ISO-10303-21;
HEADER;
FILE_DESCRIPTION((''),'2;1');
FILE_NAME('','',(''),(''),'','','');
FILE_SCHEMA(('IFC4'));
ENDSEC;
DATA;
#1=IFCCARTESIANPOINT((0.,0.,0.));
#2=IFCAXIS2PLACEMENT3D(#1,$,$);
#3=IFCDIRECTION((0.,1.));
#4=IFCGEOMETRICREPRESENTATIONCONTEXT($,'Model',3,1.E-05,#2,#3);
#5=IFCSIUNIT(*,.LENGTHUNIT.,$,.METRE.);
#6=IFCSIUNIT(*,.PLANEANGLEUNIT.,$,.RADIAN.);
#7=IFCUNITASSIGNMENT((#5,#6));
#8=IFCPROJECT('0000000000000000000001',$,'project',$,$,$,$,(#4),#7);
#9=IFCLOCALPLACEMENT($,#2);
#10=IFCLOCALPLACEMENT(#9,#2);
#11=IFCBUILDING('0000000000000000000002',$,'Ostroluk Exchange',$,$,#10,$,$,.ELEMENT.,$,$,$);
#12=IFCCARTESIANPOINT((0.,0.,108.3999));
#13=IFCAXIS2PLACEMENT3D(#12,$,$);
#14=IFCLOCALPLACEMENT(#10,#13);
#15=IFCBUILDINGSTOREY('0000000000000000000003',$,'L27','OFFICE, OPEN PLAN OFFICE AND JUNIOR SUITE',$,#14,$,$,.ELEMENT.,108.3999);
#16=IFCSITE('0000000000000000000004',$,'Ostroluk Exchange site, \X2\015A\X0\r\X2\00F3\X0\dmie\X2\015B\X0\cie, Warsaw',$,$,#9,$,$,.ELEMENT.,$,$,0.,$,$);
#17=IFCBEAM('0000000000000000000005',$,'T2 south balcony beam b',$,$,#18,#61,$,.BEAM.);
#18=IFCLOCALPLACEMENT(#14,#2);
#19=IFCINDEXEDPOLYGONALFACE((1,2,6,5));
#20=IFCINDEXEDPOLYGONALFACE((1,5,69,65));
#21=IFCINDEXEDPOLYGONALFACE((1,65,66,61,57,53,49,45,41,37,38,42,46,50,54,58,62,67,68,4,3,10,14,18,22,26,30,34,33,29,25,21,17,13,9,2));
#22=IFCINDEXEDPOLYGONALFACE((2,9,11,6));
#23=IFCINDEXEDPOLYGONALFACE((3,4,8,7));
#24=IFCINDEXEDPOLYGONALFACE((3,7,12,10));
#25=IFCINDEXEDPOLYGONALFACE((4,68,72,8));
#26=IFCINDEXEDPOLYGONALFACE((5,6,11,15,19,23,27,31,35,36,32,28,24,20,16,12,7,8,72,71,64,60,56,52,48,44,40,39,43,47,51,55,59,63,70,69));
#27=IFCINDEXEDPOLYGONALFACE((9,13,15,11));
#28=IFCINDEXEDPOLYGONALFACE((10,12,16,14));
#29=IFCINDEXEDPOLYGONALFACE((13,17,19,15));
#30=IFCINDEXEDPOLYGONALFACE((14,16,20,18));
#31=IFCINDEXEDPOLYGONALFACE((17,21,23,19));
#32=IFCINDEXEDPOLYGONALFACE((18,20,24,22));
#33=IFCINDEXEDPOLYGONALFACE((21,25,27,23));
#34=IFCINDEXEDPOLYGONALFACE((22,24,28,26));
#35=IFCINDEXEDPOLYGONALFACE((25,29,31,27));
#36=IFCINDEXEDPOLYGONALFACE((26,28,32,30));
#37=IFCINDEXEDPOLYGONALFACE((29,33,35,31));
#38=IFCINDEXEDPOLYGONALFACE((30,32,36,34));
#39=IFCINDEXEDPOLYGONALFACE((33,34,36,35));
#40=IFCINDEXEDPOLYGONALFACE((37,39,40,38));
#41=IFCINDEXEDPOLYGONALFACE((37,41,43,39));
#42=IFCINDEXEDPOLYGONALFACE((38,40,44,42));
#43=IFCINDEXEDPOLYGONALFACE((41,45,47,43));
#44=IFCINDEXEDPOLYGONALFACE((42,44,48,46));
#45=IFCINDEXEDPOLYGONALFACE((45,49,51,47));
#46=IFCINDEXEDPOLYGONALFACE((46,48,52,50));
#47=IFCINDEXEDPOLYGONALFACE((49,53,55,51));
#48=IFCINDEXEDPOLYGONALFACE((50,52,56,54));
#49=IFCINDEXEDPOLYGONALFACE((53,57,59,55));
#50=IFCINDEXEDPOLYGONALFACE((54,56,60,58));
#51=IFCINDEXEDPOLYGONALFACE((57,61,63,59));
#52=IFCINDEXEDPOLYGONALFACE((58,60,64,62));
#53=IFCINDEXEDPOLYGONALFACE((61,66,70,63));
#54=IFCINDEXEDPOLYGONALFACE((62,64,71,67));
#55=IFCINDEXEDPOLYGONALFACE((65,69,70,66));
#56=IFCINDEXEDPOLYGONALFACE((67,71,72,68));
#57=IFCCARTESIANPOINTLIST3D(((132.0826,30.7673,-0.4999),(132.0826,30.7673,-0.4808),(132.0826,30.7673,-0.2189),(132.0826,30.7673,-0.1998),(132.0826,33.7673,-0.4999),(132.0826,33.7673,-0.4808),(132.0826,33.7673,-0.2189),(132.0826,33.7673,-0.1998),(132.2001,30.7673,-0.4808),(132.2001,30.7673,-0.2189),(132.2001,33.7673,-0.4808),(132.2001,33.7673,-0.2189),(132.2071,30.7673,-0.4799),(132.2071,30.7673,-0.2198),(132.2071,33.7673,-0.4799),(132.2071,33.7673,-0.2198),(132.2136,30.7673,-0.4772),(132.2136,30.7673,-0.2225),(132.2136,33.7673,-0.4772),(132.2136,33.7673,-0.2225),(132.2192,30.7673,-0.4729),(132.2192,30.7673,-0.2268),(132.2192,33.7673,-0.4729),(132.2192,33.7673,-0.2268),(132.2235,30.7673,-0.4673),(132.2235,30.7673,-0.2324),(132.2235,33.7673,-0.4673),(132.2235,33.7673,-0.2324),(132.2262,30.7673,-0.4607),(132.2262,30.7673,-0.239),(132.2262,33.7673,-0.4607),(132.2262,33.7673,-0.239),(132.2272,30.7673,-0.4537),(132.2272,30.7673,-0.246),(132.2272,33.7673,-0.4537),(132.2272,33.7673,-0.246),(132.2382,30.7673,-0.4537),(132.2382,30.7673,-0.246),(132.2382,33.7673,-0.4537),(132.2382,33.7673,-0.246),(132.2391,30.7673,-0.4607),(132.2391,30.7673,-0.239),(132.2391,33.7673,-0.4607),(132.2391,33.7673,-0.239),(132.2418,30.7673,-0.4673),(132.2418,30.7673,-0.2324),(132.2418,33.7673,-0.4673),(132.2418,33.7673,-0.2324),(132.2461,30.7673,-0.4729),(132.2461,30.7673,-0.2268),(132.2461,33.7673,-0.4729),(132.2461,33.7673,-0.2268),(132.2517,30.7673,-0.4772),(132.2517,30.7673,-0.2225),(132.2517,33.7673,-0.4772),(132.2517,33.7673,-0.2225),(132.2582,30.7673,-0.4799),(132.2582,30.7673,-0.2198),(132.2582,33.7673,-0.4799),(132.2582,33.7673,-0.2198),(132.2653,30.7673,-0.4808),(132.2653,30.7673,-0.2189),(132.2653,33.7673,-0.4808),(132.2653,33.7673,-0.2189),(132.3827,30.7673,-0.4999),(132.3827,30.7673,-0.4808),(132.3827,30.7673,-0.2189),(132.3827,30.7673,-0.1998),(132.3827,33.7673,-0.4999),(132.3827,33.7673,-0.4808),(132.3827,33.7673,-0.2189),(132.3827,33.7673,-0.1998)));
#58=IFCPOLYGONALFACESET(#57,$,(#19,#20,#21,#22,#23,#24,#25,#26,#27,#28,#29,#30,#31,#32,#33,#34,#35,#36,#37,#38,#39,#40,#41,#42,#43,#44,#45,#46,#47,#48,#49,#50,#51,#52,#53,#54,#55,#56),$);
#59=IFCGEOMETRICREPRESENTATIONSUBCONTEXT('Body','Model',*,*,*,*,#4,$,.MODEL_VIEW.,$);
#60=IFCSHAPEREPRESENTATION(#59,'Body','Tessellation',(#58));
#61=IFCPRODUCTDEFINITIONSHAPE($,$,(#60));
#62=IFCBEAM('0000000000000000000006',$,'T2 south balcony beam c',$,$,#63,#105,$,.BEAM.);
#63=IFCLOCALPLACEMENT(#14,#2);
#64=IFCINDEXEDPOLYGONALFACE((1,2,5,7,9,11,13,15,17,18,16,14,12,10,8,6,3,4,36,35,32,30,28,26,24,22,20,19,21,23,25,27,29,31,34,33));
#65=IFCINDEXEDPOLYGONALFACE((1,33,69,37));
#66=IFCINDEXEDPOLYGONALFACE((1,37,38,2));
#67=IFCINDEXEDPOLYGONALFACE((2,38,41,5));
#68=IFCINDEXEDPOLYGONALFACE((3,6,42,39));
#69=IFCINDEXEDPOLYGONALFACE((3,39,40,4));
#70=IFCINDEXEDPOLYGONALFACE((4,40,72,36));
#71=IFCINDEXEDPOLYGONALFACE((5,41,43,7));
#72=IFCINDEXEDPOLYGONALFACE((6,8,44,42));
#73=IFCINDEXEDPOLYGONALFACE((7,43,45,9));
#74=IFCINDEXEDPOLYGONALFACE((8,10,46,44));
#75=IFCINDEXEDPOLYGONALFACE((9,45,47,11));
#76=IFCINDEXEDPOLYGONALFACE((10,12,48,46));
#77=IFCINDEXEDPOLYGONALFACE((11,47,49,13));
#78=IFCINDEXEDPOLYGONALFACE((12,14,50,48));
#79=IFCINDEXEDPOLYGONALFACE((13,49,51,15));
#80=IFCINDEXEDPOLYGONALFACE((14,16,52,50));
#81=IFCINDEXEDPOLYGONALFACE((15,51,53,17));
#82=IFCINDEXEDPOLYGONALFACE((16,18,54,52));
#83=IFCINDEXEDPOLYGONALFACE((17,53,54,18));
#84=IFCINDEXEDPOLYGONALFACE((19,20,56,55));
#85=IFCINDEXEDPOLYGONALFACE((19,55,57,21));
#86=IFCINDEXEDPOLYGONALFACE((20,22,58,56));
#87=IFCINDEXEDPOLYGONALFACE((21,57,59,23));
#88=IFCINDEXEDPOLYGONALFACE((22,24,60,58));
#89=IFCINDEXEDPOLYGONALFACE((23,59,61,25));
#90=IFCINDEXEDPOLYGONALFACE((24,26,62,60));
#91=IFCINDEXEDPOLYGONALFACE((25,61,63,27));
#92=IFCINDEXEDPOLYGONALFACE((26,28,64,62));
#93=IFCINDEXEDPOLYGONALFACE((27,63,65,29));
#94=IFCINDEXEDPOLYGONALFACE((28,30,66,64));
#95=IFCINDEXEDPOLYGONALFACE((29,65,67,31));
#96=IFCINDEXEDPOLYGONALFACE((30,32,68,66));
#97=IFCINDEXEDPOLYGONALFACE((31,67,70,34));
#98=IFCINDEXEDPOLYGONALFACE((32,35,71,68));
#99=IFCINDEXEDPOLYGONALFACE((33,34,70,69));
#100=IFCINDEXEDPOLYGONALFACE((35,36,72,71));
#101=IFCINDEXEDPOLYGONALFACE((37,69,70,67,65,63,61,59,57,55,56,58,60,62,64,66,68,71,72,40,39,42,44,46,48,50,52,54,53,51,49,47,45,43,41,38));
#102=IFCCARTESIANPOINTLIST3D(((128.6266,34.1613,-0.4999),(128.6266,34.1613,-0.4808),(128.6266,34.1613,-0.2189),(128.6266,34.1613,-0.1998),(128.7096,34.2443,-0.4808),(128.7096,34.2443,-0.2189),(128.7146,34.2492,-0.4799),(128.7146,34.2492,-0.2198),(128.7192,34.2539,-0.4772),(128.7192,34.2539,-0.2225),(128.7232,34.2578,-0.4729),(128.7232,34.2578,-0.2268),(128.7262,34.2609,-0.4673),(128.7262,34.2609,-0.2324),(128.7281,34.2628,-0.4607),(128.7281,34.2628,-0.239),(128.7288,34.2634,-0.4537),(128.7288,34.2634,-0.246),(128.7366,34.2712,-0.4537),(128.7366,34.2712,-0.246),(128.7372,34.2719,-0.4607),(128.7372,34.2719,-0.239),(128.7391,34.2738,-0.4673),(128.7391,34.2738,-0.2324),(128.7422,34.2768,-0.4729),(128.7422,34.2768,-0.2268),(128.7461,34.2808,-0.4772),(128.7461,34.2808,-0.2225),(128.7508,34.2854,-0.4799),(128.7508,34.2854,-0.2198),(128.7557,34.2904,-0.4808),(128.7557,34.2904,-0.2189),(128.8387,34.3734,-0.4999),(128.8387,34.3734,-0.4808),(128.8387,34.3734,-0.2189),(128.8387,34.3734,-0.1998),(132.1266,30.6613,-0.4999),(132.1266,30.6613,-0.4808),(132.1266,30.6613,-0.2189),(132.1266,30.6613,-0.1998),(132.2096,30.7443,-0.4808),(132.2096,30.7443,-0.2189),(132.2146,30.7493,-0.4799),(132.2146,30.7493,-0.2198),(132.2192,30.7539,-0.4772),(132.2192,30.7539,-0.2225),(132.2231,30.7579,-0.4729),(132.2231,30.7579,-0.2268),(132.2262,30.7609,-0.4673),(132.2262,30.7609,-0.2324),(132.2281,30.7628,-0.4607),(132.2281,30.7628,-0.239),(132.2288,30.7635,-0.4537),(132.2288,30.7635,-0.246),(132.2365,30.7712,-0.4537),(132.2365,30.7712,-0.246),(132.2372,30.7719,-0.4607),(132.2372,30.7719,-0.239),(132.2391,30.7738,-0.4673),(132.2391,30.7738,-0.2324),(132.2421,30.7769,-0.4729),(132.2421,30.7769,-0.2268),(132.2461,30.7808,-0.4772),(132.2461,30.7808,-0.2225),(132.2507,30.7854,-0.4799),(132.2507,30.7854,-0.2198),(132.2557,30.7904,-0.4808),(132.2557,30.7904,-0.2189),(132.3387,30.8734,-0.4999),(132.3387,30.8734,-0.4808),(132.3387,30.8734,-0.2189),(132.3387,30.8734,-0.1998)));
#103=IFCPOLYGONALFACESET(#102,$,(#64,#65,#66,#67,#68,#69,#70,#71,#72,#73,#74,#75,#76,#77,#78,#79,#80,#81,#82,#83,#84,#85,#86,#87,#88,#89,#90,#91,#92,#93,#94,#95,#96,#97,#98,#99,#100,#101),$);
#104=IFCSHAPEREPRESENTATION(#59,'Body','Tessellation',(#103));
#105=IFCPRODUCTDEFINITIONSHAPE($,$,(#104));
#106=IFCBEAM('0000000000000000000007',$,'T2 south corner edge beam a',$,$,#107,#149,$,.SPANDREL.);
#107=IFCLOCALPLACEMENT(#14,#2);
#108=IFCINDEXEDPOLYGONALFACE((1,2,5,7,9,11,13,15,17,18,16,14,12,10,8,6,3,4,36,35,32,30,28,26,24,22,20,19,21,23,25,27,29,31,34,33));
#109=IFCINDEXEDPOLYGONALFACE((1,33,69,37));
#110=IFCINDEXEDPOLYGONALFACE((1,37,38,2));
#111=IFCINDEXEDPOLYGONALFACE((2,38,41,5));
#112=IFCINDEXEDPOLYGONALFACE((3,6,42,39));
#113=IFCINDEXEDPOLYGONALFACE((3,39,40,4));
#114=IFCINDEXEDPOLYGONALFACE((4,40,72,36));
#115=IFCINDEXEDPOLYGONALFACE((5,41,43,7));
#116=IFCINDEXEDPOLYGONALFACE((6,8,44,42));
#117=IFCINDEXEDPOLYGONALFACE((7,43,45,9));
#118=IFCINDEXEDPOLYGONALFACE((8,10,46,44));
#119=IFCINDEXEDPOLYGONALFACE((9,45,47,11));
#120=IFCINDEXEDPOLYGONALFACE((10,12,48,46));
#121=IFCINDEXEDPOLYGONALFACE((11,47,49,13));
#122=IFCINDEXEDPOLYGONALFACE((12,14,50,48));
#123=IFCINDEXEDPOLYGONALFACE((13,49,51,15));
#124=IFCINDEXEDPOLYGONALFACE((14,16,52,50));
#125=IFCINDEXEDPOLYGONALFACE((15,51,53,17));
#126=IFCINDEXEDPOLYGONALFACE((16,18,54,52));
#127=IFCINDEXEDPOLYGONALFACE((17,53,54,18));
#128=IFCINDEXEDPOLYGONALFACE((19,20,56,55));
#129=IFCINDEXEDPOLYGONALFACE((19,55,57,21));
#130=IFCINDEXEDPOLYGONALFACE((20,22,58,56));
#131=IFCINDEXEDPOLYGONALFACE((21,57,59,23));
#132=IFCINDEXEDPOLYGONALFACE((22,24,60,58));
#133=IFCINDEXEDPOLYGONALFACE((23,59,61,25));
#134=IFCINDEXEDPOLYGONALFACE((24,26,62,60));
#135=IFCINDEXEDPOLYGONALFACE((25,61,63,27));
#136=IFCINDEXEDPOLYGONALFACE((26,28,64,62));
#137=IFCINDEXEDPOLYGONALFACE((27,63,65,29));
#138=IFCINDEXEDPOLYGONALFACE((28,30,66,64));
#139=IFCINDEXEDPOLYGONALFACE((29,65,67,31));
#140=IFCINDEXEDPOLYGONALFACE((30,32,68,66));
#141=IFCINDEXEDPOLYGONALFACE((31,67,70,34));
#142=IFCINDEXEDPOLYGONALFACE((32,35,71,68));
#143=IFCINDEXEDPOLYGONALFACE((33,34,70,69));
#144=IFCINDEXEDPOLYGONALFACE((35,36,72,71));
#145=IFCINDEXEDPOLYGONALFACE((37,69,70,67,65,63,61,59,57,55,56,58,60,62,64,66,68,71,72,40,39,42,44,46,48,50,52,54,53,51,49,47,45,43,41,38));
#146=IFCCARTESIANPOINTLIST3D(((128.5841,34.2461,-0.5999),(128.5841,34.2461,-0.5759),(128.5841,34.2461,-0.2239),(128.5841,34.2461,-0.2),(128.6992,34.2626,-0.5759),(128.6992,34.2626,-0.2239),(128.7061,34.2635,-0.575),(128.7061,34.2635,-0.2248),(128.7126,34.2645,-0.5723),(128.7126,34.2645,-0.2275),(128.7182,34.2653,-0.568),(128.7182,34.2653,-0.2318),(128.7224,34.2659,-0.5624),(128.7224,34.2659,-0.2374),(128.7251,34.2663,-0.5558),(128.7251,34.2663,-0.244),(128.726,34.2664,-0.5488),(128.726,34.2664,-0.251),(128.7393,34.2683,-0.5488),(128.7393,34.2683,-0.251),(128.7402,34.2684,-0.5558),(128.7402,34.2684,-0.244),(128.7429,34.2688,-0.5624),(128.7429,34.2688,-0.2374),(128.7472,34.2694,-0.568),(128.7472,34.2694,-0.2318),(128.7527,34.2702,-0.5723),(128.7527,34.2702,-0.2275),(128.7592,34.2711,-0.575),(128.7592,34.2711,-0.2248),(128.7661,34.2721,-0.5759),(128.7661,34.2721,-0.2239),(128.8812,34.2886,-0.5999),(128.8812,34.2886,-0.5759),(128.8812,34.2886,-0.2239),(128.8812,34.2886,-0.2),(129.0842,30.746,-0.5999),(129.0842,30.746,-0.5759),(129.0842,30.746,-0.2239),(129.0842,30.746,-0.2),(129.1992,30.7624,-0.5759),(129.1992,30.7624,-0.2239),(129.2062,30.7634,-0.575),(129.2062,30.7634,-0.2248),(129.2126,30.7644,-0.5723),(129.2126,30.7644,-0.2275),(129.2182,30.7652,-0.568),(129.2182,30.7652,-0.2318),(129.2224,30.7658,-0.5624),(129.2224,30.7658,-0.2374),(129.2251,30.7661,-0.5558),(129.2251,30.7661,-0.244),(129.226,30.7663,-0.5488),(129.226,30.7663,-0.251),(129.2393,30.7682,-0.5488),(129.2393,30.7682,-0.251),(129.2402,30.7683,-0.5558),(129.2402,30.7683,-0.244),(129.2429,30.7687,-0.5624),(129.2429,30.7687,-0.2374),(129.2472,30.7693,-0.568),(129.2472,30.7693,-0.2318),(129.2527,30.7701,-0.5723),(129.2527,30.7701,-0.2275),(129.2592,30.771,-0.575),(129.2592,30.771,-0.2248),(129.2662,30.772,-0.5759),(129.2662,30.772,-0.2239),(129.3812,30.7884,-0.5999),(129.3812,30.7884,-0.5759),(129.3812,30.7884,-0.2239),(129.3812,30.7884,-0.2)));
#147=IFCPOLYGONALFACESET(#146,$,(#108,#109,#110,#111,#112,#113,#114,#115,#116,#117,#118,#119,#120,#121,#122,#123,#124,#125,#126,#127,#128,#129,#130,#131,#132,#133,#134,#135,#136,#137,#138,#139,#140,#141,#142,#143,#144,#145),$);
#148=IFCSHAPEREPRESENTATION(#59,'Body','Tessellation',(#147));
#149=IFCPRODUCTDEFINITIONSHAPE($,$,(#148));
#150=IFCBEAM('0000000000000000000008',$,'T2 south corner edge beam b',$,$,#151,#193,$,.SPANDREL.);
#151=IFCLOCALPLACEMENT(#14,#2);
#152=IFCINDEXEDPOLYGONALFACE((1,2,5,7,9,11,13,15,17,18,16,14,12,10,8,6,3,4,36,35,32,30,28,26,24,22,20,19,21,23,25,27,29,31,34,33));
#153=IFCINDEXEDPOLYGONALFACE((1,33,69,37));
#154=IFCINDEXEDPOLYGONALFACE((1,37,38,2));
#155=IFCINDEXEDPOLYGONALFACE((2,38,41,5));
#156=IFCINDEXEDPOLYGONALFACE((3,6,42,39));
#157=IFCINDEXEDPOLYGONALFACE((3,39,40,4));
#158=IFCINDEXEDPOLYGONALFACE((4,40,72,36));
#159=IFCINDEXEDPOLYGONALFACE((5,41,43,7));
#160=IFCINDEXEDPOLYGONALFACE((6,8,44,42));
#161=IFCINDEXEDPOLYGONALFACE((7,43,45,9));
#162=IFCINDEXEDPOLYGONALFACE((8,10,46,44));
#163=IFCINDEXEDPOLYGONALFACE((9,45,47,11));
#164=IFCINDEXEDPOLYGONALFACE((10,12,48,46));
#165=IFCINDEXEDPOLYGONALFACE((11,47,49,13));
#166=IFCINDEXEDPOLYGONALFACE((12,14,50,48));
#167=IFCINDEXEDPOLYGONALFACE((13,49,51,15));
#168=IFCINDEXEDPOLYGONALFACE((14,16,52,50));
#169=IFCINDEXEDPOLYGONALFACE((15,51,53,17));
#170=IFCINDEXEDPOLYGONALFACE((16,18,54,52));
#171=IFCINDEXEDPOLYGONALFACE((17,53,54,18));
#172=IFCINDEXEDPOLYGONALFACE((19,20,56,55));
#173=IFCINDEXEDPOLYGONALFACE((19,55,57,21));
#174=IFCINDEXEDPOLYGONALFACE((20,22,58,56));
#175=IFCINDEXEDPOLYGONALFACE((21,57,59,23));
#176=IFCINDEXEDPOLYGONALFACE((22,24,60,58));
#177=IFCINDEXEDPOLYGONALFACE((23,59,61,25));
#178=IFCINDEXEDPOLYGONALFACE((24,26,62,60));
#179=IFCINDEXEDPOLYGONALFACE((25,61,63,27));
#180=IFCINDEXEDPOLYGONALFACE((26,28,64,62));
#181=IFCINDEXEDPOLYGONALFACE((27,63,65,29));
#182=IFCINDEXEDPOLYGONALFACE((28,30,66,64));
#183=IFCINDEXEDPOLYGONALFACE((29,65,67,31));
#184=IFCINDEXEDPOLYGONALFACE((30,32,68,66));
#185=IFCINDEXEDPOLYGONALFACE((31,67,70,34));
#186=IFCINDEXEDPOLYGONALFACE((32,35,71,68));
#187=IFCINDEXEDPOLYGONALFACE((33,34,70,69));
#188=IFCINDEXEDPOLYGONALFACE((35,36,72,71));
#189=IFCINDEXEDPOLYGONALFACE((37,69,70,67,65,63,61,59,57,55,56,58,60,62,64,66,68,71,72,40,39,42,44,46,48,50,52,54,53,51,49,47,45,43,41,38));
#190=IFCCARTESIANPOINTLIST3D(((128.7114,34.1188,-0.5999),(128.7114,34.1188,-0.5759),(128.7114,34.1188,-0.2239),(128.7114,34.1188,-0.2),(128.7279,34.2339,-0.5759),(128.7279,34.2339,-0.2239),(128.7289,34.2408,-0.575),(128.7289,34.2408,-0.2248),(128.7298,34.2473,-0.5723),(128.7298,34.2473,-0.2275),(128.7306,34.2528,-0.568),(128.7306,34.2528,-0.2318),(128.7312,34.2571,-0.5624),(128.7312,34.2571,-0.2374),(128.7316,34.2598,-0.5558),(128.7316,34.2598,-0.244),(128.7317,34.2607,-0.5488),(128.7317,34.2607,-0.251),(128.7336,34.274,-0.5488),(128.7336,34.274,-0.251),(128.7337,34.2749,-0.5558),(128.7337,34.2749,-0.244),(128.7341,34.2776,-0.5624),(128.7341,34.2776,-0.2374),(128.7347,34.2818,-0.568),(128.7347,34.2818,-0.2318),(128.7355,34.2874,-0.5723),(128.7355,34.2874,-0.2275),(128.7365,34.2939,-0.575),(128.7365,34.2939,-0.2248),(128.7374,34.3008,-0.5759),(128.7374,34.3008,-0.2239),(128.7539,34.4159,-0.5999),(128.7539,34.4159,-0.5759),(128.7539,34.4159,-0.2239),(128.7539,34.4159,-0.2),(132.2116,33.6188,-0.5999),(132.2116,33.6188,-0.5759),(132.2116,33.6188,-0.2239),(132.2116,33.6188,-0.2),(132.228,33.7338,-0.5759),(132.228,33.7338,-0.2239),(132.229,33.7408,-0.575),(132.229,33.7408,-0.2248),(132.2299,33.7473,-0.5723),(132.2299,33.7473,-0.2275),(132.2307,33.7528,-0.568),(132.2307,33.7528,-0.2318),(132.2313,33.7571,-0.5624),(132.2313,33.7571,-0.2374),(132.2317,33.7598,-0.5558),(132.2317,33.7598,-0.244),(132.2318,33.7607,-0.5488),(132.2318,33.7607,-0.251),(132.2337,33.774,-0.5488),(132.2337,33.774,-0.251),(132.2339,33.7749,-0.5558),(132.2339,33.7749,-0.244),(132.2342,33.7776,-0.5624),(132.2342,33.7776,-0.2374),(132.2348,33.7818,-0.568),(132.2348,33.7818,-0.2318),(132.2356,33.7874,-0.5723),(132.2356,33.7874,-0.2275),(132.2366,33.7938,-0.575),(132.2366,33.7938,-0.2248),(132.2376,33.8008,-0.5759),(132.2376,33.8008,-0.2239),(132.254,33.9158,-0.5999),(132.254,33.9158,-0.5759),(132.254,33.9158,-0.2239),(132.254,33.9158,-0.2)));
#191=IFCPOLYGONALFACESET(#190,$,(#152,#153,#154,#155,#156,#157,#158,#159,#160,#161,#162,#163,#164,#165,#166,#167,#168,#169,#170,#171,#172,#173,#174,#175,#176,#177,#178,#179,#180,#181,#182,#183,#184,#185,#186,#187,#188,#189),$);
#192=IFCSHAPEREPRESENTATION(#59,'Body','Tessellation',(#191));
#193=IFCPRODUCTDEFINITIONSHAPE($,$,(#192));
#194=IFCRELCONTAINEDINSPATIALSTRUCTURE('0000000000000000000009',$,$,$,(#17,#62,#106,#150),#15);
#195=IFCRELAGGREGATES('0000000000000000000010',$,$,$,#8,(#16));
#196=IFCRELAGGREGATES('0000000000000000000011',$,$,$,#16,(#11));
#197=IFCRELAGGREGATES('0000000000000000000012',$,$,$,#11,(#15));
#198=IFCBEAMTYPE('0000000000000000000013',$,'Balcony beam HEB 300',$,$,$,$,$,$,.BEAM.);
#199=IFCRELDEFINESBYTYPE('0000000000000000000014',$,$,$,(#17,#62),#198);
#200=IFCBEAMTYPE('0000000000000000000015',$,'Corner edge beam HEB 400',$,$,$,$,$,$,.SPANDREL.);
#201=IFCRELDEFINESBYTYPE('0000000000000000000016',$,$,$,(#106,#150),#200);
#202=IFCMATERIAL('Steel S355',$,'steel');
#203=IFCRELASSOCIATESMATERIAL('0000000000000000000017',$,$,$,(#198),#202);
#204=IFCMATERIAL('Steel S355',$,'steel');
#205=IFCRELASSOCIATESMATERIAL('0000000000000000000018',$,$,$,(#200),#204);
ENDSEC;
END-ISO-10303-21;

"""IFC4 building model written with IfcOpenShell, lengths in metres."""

from ifc_helpers import new_model, si_unit, direction, frame, origin, origin_2d, place, context, subcontext, project, spatial, i_section, extrude, material, material_profile, profile_set, type_object, element, save


model = new_model("IFC4")

# Units and contexts
model_context = context("Model", 3, precision=1e-05, world=origin(), true_north=direction((0.0, 1.0)))
body_context = subcontext(model_context, "Body", "Model", "MODEL_VIEW")
ifc_project = project(units=[si_unit("LENGTHUNIT", "METRE"), si_unit("PLANEANGLEUNIT", "RADIAN")], contexts=[model_context])

# Site, building, storey
site_placement = place(None, origin())
site = spatial("IfcSite", under=ifc_project, at=site_placement, Name="Ostroluk Exchange site, Śródmieście, Warsaw", CompositionType="ELEMENT", RefElevation=0.0)
building_placement = place(site_placement, origin())
building = spatial("IfcBuilding", under=site, at=building_placement, Name="Ostroluk Exchange", CompositionType="ELEMENT")
storey_placement = place(building_placement, frame((0.0, 0.0, 108.3999)))
storey = spatial("IfcBuildingStorey", under=building, at=storey_placement, Name="L27", Description="OFFICE, OPEN PLAN OFFICE AND JUNIOR SUITE", CompositionType="ELEMENT", Elevation=108.3999)

# Beams
ifc_material_1 = material(Name="Steel S355", Category="steel")
ifc_material_profile_1 = material_profile(ifc_material_1, i_section(OverallWidth=0.3, OverallDepth=0.3, WebThickness=0.011, FlangeThickness=0.019, FilletRadius=0.0271, at=origin_2d()), Name="HEB 300")
ifc_profile_set_1 = profile_set([ifc_material_profile_1], Name="Steel S355")
beam_type_1 = type_object("IfcBeamType", Name="Balcony beam HEB 300", PredefinedType="BEAM", material=ifc_profile_set_1)
for number, where, z_axis, x_axis, name in (
    (1, (132.2327, 33.7673, -0.3499), (0.0, -1.0, 0.0), (1.0, 0.0, 0.0), "T2 south balcony beam b"),
):
    element("IfcBeam", number, at=place(storey_placement, frame(where, z_axis=z_axis, x_axis=x_axis)), inside=storey, type_object=beam_type_1, Name=name, PredefinedType="BEAM", context=body_context, shape_type="SweptSolid", body=[
        extrude(i_section(OverallWidth=0.3, OverallDepth=0.3, WebThickness=0.011, FlangeThickness=0.019, FilletRadius=0.0271, at=origin_2d()), origin(), (0.0, 0.0, 1.0), 3.0),
    ])
beam_1_placement = place(storey_placement, frame((128.7327, 34.2673, -0.3499), z_axis=(0.707107, -0.707107, 0.0), x_axis=(0.707107, 0.707107, 0.0)))
element("IfcBeam", 2, at=beam_1_placement, inside=storey, type_object=beam_type_1, Name="T2 south balcony beam c", PredefinedType="BEAM", context=body_context, shape_type="SweptSolid", body=[
    extrude(i_section(OverallWidth=0.3, OverallDepth=0.3, WebThickness=0.011, FlangeThickness=0.019, FilletRadius=0.0271, at=origin_2d()), origin(), (0.0, 0.0, 1.0), 4.9497),
])
ifc_material_2 = material(Name="Steel S355", Category="steel")
ifc_material_profile_2 = material_profile(ifc_material_2, i_section(OverallWidth=0.3, OverallDepth=0.3999, WebThickness=0.0134, FlangeThickness=0.0239, FilletRadius=0.0271, at=origin_2d()), Name="HEB 400")
ifc_profile_set_2 = profile_set([ifc_material_profile_2], Name="Steel S355")
beam_type_2 = type_object("IfcBeamType", Name="Corner edge beam HEB 400", PredefinedType="SPANDREL", material=ifc_profile_set_2)
for number, where, z_axis, x_axis, name in (
    (3, (128.7327, 34.2673, -0.3999), (0.141421, -0.989949, 0.0), (0.989949, 0.141421, 0.0), "T2 south corner edge beam a"),
    (4, (128.7327, 34.2673, -0.3999), (0.989949, -0.141421, 0.0), (0.141421, 0.989949, 0.0), "T2 south corner edge beam b"),
):
    element("IfcBeam", number, at=place(storey_placement, frame(where, z_axis=z_axis, x_axis=x_axis)), inside=storey, type_object=beam_type_2, Name=name, PredefinedType="SPANDREL", context=body_context, shape_type="SweptSolid", body=[
        extrude(i_section(OverallWidth=0.3, OverallDepth=0.3999, WebThickness=0.0134, FlangeThickness=0.0239, FilletRadius=0.0271, at=origin_2d()), origin(), (0.0, 0.0, 1.0), 3.5356),
    ])

save(model, "model.ifc")
